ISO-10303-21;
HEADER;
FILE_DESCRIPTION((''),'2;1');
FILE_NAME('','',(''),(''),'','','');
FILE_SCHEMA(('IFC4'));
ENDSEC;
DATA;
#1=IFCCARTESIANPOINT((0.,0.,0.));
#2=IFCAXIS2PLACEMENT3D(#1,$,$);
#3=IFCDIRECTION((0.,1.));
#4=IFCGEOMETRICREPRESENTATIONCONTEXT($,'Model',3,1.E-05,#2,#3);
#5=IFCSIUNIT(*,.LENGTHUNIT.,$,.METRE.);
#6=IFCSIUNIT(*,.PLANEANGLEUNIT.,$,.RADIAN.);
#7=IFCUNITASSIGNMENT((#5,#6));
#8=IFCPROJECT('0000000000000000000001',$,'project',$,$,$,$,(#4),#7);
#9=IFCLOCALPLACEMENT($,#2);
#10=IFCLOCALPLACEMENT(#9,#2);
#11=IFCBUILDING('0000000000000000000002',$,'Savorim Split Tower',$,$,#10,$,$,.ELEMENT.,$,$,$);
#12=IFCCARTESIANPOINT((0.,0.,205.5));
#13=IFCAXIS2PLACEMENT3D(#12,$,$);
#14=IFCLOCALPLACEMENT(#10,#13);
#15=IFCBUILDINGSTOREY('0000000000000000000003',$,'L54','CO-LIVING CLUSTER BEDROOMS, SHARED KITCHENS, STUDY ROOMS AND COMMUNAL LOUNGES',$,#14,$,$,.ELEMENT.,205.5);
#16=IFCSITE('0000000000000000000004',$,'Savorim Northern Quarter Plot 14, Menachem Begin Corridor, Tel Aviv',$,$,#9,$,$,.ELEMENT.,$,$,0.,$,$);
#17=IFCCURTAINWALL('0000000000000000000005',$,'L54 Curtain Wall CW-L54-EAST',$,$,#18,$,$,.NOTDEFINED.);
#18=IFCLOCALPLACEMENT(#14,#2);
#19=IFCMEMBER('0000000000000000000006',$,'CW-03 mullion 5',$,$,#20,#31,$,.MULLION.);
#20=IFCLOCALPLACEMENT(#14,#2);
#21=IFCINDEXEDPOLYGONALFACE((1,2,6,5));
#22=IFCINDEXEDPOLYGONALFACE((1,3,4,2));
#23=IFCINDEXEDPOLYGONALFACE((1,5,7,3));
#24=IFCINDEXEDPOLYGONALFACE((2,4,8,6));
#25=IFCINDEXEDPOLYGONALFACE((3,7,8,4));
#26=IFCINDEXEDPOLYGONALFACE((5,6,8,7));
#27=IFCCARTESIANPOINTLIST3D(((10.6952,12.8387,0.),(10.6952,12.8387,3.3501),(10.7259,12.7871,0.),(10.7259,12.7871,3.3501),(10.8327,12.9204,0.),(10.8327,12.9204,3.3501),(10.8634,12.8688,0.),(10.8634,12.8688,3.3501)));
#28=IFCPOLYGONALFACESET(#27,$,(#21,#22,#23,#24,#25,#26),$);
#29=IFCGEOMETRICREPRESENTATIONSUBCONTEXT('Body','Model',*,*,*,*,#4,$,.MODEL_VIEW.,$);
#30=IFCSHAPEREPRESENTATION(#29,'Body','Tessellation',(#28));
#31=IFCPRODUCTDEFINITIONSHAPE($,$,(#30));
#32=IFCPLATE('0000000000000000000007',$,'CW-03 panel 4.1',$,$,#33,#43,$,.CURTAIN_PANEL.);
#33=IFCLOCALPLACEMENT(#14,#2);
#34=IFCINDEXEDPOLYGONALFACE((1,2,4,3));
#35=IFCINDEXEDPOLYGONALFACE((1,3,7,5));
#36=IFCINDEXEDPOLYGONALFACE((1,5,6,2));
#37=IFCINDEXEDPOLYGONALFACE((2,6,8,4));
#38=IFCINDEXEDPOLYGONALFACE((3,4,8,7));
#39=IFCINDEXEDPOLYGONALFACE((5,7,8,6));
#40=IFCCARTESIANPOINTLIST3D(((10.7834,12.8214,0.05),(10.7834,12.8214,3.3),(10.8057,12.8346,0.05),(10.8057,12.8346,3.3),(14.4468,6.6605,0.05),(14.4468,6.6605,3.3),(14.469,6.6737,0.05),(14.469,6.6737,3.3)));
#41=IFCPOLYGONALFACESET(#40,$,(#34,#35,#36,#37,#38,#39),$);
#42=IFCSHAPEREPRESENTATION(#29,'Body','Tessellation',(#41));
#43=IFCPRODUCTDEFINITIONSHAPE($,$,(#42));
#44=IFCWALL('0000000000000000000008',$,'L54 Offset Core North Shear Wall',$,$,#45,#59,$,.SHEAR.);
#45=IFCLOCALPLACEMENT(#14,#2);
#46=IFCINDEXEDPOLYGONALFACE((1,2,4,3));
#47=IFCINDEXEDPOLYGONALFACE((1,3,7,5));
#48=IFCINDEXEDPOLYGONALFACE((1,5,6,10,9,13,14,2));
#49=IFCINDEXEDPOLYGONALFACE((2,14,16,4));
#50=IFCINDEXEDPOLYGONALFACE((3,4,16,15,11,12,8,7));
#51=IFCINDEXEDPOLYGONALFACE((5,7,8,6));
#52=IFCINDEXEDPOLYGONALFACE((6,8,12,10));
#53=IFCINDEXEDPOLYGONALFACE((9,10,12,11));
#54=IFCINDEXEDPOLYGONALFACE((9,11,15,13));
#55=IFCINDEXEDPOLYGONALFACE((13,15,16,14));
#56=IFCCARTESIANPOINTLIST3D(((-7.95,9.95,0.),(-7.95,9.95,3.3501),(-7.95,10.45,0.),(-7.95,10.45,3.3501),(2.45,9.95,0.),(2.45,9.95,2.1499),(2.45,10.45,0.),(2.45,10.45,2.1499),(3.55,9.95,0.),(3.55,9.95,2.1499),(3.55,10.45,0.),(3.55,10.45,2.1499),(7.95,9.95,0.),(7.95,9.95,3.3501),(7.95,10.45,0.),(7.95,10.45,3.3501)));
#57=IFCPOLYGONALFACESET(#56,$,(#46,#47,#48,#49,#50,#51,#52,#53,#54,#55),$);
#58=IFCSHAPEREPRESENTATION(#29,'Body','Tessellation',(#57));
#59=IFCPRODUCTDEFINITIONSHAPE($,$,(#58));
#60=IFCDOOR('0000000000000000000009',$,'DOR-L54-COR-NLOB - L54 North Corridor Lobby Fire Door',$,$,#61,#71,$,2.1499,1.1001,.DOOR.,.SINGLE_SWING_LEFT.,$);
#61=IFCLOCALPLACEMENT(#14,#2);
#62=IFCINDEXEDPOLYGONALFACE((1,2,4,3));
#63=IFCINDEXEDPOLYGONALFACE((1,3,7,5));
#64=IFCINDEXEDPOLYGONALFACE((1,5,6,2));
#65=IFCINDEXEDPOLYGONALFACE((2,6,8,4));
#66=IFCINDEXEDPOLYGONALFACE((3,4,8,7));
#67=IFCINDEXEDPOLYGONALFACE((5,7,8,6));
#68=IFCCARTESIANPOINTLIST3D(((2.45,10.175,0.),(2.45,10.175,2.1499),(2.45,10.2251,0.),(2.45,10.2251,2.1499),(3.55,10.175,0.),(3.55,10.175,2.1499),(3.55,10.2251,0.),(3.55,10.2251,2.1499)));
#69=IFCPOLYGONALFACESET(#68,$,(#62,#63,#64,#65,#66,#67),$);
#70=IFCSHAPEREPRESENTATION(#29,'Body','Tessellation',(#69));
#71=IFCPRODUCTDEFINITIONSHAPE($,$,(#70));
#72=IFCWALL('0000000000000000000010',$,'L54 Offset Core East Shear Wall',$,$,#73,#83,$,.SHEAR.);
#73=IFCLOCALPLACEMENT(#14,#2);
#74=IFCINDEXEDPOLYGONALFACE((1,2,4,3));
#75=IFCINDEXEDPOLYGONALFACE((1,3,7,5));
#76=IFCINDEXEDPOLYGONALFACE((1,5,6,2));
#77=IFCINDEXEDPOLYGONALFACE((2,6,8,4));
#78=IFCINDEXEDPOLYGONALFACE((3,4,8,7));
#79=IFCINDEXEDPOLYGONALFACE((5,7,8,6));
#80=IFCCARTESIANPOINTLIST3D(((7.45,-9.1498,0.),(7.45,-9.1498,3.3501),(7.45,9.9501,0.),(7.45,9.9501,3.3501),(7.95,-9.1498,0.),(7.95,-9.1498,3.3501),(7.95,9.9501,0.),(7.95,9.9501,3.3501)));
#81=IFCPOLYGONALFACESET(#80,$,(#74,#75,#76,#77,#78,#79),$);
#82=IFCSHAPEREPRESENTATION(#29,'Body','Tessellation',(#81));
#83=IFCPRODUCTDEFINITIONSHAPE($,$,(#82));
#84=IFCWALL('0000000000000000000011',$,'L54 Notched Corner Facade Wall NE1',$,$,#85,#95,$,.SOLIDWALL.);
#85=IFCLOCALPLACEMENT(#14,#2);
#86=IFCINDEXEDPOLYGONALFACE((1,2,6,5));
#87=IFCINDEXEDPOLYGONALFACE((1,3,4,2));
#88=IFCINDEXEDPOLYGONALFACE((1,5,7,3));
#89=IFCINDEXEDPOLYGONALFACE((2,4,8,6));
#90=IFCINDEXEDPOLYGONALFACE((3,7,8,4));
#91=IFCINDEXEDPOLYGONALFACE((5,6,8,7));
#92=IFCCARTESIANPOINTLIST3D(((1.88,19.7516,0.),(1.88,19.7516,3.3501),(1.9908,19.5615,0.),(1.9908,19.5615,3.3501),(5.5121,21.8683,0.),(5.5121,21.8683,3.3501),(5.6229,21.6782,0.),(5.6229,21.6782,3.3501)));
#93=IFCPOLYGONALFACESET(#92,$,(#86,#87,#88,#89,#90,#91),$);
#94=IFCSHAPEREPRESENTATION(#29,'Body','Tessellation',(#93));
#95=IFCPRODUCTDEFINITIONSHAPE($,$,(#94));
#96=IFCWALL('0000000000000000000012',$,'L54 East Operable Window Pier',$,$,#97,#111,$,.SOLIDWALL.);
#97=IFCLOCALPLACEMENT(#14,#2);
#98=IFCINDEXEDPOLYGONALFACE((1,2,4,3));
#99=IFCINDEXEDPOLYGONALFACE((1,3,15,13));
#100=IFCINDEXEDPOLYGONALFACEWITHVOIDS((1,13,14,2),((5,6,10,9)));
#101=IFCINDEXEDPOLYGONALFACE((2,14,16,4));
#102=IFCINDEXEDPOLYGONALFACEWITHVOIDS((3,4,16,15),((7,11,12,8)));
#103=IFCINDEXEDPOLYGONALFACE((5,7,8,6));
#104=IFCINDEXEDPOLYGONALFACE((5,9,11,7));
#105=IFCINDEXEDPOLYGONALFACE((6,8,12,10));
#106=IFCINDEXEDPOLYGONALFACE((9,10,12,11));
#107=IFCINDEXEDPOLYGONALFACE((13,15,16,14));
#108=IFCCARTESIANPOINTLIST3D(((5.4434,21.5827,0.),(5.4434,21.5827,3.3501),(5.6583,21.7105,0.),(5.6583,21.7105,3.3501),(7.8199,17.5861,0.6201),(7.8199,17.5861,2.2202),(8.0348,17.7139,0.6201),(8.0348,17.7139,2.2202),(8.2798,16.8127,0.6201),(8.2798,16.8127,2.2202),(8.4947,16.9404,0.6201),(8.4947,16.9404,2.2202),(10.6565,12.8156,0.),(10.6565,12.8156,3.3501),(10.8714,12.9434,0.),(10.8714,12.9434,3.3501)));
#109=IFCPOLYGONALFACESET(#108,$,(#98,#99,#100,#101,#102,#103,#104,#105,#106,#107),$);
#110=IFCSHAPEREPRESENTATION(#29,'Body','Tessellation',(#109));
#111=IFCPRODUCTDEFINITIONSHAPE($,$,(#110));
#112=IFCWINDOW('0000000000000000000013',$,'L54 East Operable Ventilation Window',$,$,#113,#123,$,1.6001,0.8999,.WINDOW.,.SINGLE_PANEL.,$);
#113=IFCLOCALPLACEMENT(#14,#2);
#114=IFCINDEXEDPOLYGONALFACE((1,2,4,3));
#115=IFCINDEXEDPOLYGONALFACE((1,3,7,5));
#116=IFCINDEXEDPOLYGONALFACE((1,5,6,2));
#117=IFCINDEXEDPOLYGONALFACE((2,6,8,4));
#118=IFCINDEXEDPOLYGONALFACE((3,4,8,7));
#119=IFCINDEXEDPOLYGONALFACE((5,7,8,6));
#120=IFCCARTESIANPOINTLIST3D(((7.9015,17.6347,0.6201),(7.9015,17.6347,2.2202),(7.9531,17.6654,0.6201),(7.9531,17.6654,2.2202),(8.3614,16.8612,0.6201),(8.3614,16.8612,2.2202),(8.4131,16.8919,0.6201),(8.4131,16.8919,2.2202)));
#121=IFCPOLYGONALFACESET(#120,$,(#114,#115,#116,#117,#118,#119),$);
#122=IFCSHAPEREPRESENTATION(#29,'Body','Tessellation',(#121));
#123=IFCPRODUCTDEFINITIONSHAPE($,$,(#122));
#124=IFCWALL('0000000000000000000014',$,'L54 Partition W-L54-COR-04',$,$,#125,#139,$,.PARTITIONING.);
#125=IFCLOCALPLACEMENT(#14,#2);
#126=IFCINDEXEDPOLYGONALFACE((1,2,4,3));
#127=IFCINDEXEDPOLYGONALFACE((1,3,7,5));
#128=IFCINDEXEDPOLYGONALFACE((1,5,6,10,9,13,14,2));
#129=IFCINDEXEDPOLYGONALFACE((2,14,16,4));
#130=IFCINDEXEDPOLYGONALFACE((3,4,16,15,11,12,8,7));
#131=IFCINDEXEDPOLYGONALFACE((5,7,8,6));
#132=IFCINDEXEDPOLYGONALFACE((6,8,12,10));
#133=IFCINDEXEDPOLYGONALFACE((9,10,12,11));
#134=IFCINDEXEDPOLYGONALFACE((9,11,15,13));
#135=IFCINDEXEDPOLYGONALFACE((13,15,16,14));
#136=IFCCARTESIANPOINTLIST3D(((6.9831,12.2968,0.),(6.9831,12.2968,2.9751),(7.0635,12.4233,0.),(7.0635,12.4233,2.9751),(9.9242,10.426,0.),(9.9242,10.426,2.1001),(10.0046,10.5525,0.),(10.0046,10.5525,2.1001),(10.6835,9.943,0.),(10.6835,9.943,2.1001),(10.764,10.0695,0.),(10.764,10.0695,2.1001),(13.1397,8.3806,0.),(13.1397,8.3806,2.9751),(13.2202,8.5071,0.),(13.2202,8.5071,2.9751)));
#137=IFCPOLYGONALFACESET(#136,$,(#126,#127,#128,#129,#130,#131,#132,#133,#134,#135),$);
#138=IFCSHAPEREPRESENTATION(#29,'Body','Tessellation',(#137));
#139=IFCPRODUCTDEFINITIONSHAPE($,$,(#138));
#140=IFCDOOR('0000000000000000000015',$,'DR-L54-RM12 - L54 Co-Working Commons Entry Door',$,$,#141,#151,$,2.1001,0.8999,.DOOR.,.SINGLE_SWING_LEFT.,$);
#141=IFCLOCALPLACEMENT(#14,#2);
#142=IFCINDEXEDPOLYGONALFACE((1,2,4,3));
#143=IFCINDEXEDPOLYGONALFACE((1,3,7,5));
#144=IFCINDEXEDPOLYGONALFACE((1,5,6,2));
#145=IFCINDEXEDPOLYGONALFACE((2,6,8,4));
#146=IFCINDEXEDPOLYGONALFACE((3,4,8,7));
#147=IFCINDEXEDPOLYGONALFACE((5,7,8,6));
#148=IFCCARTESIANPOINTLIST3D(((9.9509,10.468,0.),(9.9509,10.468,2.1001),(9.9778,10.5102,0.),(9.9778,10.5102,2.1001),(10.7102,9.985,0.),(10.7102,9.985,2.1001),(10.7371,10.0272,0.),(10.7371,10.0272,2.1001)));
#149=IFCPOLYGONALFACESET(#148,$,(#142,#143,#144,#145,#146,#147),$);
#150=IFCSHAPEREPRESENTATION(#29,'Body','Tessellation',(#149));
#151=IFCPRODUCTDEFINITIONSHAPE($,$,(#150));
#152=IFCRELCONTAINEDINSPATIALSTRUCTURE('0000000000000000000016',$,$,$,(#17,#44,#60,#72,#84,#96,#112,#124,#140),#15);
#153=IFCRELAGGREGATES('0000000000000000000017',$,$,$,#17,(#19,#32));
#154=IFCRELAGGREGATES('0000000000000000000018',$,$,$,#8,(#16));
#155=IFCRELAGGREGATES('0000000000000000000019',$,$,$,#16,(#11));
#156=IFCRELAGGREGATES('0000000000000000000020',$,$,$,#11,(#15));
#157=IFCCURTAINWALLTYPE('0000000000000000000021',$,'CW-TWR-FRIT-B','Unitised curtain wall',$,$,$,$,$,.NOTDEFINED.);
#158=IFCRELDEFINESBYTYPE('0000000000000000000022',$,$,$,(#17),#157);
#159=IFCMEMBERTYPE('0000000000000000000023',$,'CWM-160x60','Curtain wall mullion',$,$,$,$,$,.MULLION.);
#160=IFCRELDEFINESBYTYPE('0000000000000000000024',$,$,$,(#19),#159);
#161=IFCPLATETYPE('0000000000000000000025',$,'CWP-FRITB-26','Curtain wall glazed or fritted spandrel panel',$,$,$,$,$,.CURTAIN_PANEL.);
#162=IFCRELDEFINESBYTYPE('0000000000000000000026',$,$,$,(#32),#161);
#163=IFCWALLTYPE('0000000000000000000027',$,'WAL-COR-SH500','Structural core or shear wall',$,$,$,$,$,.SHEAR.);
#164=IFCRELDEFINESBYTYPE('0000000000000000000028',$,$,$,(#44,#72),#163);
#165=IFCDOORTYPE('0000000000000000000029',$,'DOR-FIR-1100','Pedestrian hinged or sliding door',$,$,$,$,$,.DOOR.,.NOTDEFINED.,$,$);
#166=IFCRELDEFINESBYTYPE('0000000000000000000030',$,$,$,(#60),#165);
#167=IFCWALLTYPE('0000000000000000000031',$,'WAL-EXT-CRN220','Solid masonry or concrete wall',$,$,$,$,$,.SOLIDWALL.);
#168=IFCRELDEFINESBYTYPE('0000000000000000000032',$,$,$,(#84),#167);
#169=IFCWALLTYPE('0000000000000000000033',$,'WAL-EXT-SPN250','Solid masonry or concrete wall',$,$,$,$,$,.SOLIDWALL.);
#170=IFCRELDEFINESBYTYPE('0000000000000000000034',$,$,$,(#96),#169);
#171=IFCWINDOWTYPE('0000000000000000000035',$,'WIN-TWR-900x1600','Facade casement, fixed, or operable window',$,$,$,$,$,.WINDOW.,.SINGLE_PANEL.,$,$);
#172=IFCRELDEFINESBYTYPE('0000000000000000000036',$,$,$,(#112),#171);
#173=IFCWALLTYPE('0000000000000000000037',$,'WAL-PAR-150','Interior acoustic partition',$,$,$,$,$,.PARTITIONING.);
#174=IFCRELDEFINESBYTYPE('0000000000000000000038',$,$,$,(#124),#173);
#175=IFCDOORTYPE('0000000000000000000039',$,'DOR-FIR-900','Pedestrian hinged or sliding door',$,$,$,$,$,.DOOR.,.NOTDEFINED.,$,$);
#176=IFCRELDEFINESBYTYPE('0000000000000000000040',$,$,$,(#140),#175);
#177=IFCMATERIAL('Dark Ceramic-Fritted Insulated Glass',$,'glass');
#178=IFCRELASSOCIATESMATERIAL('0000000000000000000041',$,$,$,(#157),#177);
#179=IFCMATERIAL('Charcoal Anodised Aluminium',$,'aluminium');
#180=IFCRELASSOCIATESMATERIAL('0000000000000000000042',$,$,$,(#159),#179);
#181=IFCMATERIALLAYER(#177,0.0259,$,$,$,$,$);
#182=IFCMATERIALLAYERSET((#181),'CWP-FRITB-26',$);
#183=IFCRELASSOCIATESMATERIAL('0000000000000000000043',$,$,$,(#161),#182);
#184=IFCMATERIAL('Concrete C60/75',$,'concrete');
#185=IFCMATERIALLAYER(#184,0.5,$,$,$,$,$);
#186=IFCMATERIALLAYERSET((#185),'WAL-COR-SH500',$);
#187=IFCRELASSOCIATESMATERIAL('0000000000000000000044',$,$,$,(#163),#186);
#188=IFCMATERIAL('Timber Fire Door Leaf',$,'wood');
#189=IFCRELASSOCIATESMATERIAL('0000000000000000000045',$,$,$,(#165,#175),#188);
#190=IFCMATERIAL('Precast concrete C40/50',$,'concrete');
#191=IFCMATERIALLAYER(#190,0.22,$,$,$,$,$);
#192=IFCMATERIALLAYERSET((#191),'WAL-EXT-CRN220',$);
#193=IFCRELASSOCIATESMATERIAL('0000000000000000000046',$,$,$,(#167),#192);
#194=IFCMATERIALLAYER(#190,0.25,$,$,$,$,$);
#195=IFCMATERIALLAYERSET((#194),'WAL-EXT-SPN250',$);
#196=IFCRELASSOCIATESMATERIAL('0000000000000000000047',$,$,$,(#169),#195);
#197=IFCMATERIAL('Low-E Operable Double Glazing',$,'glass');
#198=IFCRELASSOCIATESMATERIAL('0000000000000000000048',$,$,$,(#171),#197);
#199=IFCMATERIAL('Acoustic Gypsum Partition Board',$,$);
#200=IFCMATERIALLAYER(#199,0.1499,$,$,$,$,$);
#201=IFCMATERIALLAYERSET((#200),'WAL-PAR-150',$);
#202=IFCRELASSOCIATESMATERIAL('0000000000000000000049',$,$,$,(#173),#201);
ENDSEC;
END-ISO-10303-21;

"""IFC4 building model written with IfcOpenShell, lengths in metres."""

from ifc_helpers import new_model, si_unit, direction, frame, frame_2d, origin, origin_2d, place, context, subcontext, project, spatial, rectangle, extrude, material, layer, layer_set, material_profile, profile_set, type_object, element, fill, aggregate, save


model = new_model("IFC4")

# Units and contexts
model_context = context("Model", 3, precision=1e-05, world=origin(), true_north=direction((0.0, 1.0)))
body_context = subcontext(model_context, "Body", "Model", "MODEL_VIEW")
ifc_project = project(units=[si_unit("LENGTHUNIT", "METRE"), si_unit("PLANEANGLEUNIT", "RADIAN")], contexts=[model_context])

# Site, building, storey
site_placement = place(None, origin())
site = spatial("IfcSite", under=ifc_project, at=site_placement, Name="Savorim Northern Quarter Plot 14, Menachem Begin Corridor, Tel Aviv", CompositionType="ELEMENT", RefElevation=0.0)
building_placement = place(site_placement, origin())
building = spatial("IfcBuilding", under=site, at=building_placement, Name="Savorim Split Tower", CompositionType="ELEMENT")
storey_placement = place(building_placement, frame((0.0, 0.0, 205.5)))
storey = spatial("IfcBuildingStorey", under=building, at=storey_placement, Name="L54", Description="CO-LIVING CLUSTER BEDROOMS, SHARED KITCHENS, STUDY ROOMS AND COMMUNAL LOUNGES", CompositionType="ELEMENT", Elevation=205.5)

# Curtain wall, member, plate
ifc_material_1 = material(Name="Dark Ceramic-Fritted Insulated Glass", Category="glass")
curtain_wall_type = type_object("IfcCurtainWallType", Name="CW-TWR-FRIT-B", Description="Unitised curtain wall", PredefinedType="NOTDEFINED", material=ifc_material_1)
curtain_wall_placement = place(storey_placement, origin())
curtain_wall = element("IfcCurtainWall", 1, at=curtain_wall_placement, inside=storey, type_object=curtain_wall_type, Name="L54 Curtain Wall CW-L54-EAST", PredefinedType="NOTDEFINED")
ifc_material_2 = material(Name="Charcoal Anodised Aluminium", Category="aluminium")
ifc_material_profile_1 = material_profile(ifc_material_2, rectangle(XDim=0.1599, YDim=0.0601, at=origin_2d()), Name="ALU-M 160x60")
ifc_profile_set_1 = profile_set([ifc_material_profile_1], Name="Charcoal Anodised Aluminium")
member_type = type_object("IfcMemberType", Name="CWM-160x60", Description="Curtain wall mullion", PredefinedType="MULLION", material=ifc_profile_set_1)
member_placement = place(storey_placement, frame((10.7793, 12.8538, 0.0), z_axis=(0.0, 0.0, 1.0), x_axis=(-0.859526, -0.511092, 0.0)))
member = element("IfcMember", 2, at=member_placement, type_object=member_type, Name="CW-03 mullion 5", PredefinedType="MULLION", context=body_context, shape_type="SweptSolid", body=[
    extrude(rectangle(XDim=0.1599, YDim=0.0601, at=origin_2d()), origin(), (0.0, 0.0, 1.0), 3.3501),
])
ifc_layer_1 = layer(ifc_material_1, 0.0259)
ifc_layer_set_1 = layer_set([ifc_layer_1], Name="CWP-FRITB-26")
plate_type = type_object("IfcPlateType", Name="CWP-FRITB-26", Description="Curtain wall glazed or fritted spandrel panel", PredefinedType="CURTAIN_PANEL", material=ifc_layer_set_1)
plate_placement = place(storey_placement, frame((12.6262, 9.7476, 0.05), z_axis=(0.0, 0.0, 1.0), x_axis=(-0.511092, 0.859526, 0.0)))
plate = element("IfcPlate", 3, at=plate_placement, type_object=plate_type, Name="CW-03 panel 4.1", PredefinedType="CURTAIN_PANEL", context=body_context, shape_type="SweptSolid", body=[
    extrude(rectangle(XDim=7.1677, YDim=0.0259, at=origin_2d()), origin(), (0.0, 0.0, 1.0), 3.25),
])
aggregate(curtain_wall, [member, plate])

# Wall, opening, door
ifc_material_3 = material(Name="Concrete C60/75", Category="concrete")
ifc_layer_2 = layer(ifc_material_3, 0.5)
ifc_layer_set_2 = layer_set([ifc_layer_2], Name="WAL-COR-SH500")
wall_type_1 = type_object("IfcWallType", Name="WAL-COR-SH500", Description="Structural core or shear wall", PredefinedType="SHEAR", material=ifc_layer_set_2)
wall_1_placement = place(storey_placement, frame((7.95, 10.2, 0.0), z_axis=(0.0, 0.0, 1.0), x_axis=(-1.0, 0.0, 0.0)))
wall_1 = element("IfcWall", 4, at=wall_1_placement, inside=storey, type_object=wall_type_1, Name="L54 Offset Core North Shear Wall", PredefinedType="SHEAR", context=body_context, shape_type="SweptSolid", body=[
    extrude(rectangle(XDim=15.8999, YDim=0.5, at=frame_2d((7.95, 0.0))), origin(), (0.0, 0.0, 1.0), 3.3501),
])
opening_1_placement = place(wall_1_placement, frame((4.3999, 0.0, 0.0)))
opening_1 = element("IfcOpeningElement", 5, at=opening_1_placement, cuts=wall_1, PredefinedType="OPENING", context=body_context, shape_type="SweptSolid", body=[
    extrude(rectangle(XDim=1.1001, YDim=2.1499, at=frame_2d((0.55, 1.075))), frame((0.0, 0.26, 0.0), z_axis=(0.0, -1.0, 0.0), x_axis=(1.0, 0.0, 0.0)), (0.0, 0.0, 1.0), 0.52),
])
ifc_material_4 = material(Name="Timber Fire Door Leaf", Category="wood")
door_type_1 = type_object("IfcDoorType", Name="DOR-FIR-1100", Description="Pedestrian hinged or sliding door", OperationType="NOTDEFINED", PredefinedType="DOOR", material=ifc_material_4)
door_1_placement = place(opening_1_placement, origin())
door_1 = element("IfcDoor", 6, at=door_1_placement, inside=storey, type_object=door_type_1, Name="DOR-L54-COR-NLOB - L54 North Corridor Lobby Fire Door", OperationType="SINGLE_SWING_LEFT", OverallHeight=2.1499, OverallWidth=1.1001, PredefinedType="DOOR", context=body_context, shape_type="SweptSolid", body=[
    extrude(rectangle(XDim=1.1001, YDim=2.1499, at=frame_2d((0.55, 1.075))), frame((0.0, 0.0249, 0.0), z_axis=(0.0, -1.0, 0.0), x_axis=(1.0, 0.0, 0.0)), (0.0, 0.0, 1.0), 0.05),
])
fill(opening_1, door_1)

# Walls
wall_2_placement = place(storey_placement, frame((7.7, 9.95, 0.0), z_axis=(0.0, 0.0, 1.0), x_axis=(0.0, -1.0, 0.0)))
element("IfcWall", 7, at=wall_2_placement, inside=storey, type_object=wall_type_1, Name="L54 Offset Core East Shear Wall", PredefinedType="SHEAR", context=body_context, shape_type="SweptSolid", body=[
    extrude(rectangle(XDim=19.0999, YDim=0.5, at=frame_2d((9.5498, 0.0))), origin(), (0.0, 0.0, 1.0), 3.3501),
])
ifc_material_5 = material(Name="Precast concrete C40/50", Category="concrete")
ifc_layer_3 = layer(ifc_material_5, 0.22)
ifc_layer_set_3 = layer_set([ifc_layer_3], Name="WAL-EXT-CRN220")
wall_type_2 = type_object("IfcWallType", Name="WAL-EXT-CRN220", Description="Solid masonry or concrete wall", PredefinedType="SOLIDWALL", material=ifc_layer_set_3)
wall_3_placement = place(storey_placement, frame((1.9353, 19.6565, 0.0), z_axis=(0.0, 0.0, 1.0), x_axis=(0.863987, 0.503514, 0.0)))
element("IfcWall", 8, at=wall_3_placement, inside=storey, type_object=wall_type_2, Name="L54 Notched Corner Facade Wall NE1", PredefinedType="SOLIDWALL", context=body_context, shape_type="SweptSolid", body=[
    extrude(rectangle(XDim=4.2039, YDim=0.22, at=frame_2d((2.1021, 0.0))), origin(), (0.0, 0.0, 1.0), 3.3501),
])

# Wall, opening, window
ifc_layer_4 = layer(ifc_material_5, 0.25)
ifc_layer_set_4 = layer_set([ifc_layer_4], Name="WAL-EXT-SPN250")
wall_type_3 = type_object("IfcWallType", Name="WAL-EXT-SPN250", Description="Solid masonry or concrete wall", PredefinedType="SOLIDWALL", material=ifc_layer_set_4)
wall_4_placement = place(storey_placement, frame((5.5508, 21.6467, 0.0), z_axis=(0.0, 0.0, 1.0), x_axis=(0.511095, -0.859524, 0.0)))
wall_4 = element("IfcWall", 9, at=wall_4_placement, inside=storey, type_object=wall_type_3, Name="L54 East Operable Window Pier", PredefinedType="SOLIDWALL", context=body_context, shape_type="SweptSolid", body=[
    extrude(rectangle(XDim=10.2, YDim=0.25, at=frame_2d((5.1001, 0.0))), origin(), (0.0, 0.0, 1.0), 3.3501),
])
opening_2_placement = place(wall_4_placement, frame((4.6499, 0.0, 0.6201)))
opening_2 = element("IfcOpeningElement", 10, at=opening_2_placement, cuts=wall_4, PredefinedType="OPENING", context=body_context, shape_type="SweptSolid", body=[
    extrude(rectangle(XDim=0.8999, YDim=1.6001, at=frame_2d((0.45, 0.8))), frame((0.0, 0.135, 0.0), z_axis=(0.0, -1.0, 0.0), x_axis=(1.0, 0.0, 0.0)), (0.0, 0.0, 1.0), 0.27),
])
ifc_material_6 = material(Name="Low-E Operable Double Glazing", Category="glass")
window_type = type_object("IfcWindowType", Name="WIN-TWR-900x1600", Description="Facade casement, fixed, or operable window", PartitioningType="SINGLE_PANEL", PredefinedType="WINDOW", material=ifc_material_6)
window_placement = place(opening_2_placement, origin())
window = element("IfcWindow", 11, at=window_placement, inside=storey, type_object=window_type, Name="L54 East Operable Ventilation Window", OverallHeight=1.6001, OverallWidth=0.8999, PartitioningType="SINGLE_PANEL", PredefinedType="WINDOW", context=body_context, shape_type="SweptSolid", body=[
    extrude(rectangle(XDim=0.8999, YDim=1.6001, at=frame_2d((0.45, 0.8))), frame((0.0, 0.03, 0.0), z_axis=(0.0, -1.0, 0.0), x_axis=(1.0, 0.0, 0.0)), (0.0, 0.0, 1.0), 0.0601),
])
fill(opening_2, window)

# Wall, opening, door
ifc_material_7 = material(Name="Acoustic Gypsum Partition Board")
ifc_layer_5 = layer(ifc_material_7, 0.1499)
ifc_layer_set_5 = layer_set([ifc_layer_5], Name="WAL-PAR-150")
wall_type_4 = type_object("IfcWallType", Name="WAL-PAR-150", Description="Interior acoustic partition", PredefinedType="PARTITIONING", material=ifc_layer_set_5)
wall_5_placement = place(storey_placement, frame((7.0232, 12.3601, 0.0), z_axis=(0.0, 0.0, 1.0), x_axis=(0.843765, -0.536713, 0.0)))
wall_5 = element("IfcWall", 12, at=wall_5_placement, inside=storey, type_object=wall_type_4, Name="L54 Partition W-L54-COR-04", PredefinedType="PARTITIONING", context=body_context, shape_type="SweptSolid", body=[
    extrude(rectangle(XDim=7.2966, YDim=0.1499, at=frame_2d((3.6484, 0.0))), origin(), (0.0, 0.0, 1.0), 2.9751),
])
opening_3_placement = place(wall_5_placement, frame((3.4858, 0.0, 0.0)))
opening_3 = element("IfcOpeningElement", 13, at=opening_3_placement, cuts=wall_5, PredefinedType="OPENING", context=body_context, shape_type="SweptSolid", body=[
    extrude(rectangle(XDim=0.8999, YDim=2.1001, at=frame_2d((0.45, 1.05))), frame((0.0, 0.085, 0.0), z_axis=(0.0, -1.0, 0.0), x_axis=(1.0, 0.0, 0.0)), (0.0, 0.0, 1.0), 0.1699),
])
door_type_2 = type_object("IfcDoorType", Name="DOR-FIR-900", Description="Pedestrian hinged or sliding door", OperationType="NOTDEFINED", PredefinedType="DOOR", material=ifc_material_4)
door_2_placement = place(opening_3_placement, origin())
door_2 = element("IfcDoor", 14, at=door_2_placement, inside=storey, type_object=door_type_2, Name="DR-L54-RM12 - L54 Co-Working Commons Entry Door", OperationType="SINGLE_SWING_LEFT", OverallHeight=2.1001, OverallWidth=0.8999, PredefinedType="DOOR", context=body_context, shape_type="SweptSolid", body=[
    extrude(rectangle(XDim=0.8999, YDim=2.1001, at=frame_2d((0.45, 1.05))), frame((0.0, 0.0249, 0.0), z_axis=(0.0, -1.0, 0.0), x_axis=(1.0, 0.0, 0.0)), (0.0, 0.0, 1.0), 0.05),
])
fill(opening_3, door_2)

save(model, "model.ifc")
